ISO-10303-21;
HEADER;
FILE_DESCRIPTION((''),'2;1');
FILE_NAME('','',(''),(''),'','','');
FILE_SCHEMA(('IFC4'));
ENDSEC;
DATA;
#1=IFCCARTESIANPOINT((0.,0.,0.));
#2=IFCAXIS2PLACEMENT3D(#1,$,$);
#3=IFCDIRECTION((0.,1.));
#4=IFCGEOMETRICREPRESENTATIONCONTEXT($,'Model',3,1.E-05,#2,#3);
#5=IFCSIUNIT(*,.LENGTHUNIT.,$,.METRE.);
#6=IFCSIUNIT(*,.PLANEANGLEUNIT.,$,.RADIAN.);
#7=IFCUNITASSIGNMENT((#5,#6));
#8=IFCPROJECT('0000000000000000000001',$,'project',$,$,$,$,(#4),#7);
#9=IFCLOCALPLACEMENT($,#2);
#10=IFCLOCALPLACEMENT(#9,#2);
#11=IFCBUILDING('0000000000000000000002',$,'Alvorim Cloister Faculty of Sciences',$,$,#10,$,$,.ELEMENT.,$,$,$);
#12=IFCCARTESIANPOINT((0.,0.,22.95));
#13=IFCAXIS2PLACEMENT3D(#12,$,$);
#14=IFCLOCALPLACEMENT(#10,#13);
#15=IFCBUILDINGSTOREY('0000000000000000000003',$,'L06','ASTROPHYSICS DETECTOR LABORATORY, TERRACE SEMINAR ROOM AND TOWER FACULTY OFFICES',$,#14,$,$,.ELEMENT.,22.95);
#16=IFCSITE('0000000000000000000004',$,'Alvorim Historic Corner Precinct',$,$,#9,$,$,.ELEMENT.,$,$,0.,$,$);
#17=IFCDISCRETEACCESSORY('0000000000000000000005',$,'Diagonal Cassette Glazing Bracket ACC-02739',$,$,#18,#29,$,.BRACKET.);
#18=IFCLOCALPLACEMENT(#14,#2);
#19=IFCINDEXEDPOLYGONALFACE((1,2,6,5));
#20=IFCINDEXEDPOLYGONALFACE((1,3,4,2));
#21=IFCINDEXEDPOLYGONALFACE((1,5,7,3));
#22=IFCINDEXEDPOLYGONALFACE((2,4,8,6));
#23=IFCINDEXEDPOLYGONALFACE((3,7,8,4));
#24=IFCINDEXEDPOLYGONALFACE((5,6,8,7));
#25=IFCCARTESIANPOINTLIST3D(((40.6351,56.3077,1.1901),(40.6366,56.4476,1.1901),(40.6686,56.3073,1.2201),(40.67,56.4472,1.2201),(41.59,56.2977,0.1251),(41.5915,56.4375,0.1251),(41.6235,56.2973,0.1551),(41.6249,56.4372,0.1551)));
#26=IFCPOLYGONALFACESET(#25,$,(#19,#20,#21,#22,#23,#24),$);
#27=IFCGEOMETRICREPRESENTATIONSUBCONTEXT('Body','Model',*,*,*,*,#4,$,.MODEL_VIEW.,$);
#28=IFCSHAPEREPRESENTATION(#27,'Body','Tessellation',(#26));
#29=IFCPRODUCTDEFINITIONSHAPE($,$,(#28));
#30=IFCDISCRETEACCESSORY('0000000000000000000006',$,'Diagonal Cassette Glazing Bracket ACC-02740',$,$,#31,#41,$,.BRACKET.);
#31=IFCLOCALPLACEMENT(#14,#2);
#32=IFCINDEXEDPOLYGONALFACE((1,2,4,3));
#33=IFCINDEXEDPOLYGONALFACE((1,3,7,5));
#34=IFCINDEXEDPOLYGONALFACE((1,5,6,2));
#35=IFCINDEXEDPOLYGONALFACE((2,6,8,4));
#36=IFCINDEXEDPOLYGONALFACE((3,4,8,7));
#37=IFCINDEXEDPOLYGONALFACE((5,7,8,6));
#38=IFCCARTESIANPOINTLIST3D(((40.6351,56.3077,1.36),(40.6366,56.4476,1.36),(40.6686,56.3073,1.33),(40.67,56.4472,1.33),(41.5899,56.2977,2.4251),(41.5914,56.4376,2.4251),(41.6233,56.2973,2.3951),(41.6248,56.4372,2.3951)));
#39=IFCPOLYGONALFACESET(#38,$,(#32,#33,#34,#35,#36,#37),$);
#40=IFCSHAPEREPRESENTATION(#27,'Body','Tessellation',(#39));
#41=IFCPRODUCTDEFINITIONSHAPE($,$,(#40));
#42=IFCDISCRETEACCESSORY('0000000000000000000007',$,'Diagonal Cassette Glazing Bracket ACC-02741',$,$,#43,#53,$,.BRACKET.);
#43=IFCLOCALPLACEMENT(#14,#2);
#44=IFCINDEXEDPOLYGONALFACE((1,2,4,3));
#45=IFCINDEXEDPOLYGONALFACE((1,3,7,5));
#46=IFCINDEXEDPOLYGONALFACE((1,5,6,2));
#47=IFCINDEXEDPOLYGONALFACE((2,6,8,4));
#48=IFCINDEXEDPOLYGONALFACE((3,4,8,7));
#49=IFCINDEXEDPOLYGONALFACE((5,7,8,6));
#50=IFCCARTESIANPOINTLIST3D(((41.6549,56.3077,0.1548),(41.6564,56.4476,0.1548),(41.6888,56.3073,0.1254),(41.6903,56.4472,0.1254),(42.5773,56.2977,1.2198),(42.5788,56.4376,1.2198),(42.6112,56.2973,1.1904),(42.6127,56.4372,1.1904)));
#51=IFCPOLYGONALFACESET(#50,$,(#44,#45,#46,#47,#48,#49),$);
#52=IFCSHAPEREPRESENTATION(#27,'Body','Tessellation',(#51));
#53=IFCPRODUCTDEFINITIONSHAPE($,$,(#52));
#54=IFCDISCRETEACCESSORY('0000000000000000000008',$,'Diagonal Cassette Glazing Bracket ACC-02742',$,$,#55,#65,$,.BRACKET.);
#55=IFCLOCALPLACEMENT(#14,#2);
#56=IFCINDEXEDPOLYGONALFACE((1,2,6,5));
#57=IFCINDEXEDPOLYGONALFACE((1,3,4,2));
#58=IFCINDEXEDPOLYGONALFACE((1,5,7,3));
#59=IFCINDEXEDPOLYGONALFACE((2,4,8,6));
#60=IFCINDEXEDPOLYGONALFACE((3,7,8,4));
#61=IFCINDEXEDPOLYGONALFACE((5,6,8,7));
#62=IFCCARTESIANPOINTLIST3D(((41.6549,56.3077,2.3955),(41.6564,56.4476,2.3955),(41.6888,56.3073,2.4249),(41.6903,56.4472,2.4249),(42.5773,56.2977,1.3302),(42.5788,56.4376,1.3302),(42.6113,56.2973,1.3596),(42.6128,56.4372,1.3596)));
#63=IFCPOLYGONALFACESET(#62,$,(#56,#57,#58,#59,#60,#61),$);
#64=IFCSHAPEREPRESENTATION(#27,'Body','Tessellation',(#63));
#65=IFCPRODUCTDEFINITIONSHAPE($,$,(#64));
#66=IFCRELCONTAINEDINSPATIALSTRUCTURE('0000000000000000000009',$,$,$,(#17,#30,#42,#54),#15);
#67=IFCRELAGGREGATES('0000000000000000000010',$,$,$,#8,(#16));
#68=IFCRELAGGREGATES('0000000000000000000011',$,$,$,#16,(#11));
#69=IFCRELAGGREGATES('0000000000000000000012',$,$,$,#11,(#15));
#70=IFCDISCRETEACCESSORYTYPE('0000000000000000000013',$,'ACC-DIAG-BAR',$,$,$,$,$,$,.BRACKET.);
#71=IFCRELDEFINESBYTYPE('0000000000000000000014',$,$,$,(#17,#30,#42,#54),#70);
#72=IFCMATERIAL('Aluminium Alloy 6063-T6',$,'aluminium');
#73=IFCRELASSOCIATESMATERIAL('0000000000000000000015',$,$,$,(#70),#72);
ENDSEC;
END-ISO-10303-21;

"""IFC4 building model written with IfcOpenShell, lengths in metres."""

from ifc_helpers import new_model, si_unit, direction, frame, origin, origin_2d, place, context, subcontext, project, spatial, rectangle, extrude, material, type_object, element, save


model = new_model("IFC4")

# Units and contexts
model_context = context("Model", 3, precision=1e-05, world=origin(), true_north=direction((0.0, 1.0)))
body_context = subcontext(model_context, "Body", "Model", "MODEL_VIEW")
ifc_project = project(units=[si_unit("LENGTHUNIT", "METRE"), si_unit("PLANEANGLEUNIT", "RADIAN")], contexts=[model_context])

# Site, building, storey
site_placement = place(None, origin())
site = spatial("IfcSite", under=ifc_project, at=site_placement, Name="Alvorim Historic Corner Precinct", CompositionType="ELEMENT", RefElevation=0.0)
building_placement = place(site_placement, origin())
building = spatial("IfcBuilding", under=site, at=building_placement, Name="Alvorim Cloister Faculty of Sciences", CompositionType="ELEMENT")
storey_placement = place(building_placement, frame((0.0, 0.0, 22.95)))
storey = spatial("IfcBuildingStorey", under=building, at=storey_placement, Name="L06", Description="ASTROPHYSICS DETECTOR LABORATORY, TERRACE SEMINAR ROOM AND TOWER FACULTY OFFICES", CompositionType="ELEMENT", Elevation=22.95)

# Shared definitions
ifc_material_1 = material(Name="Aluminium Alloy 6063-T6", Category="aluminium")

# Discrete accessories
discrete_accessory_type = type_object("IfcDiscreteAccessoryType", Name="ACC-DIAG-BAR", PredefinedType="BRACKET", material=ifc_material_1)
for number, where, z_axis, x_axis, name in (
    (1, (40.6526, 56.3774, 1.2051), (0.667552, -0.006998, -0.744531), (0.010483, 0.999945, 0.0), "Diagonal Cassette Glazing Bracket ACC-02739"),
    (2, (40.6526, 56.3774, 1.345), (0.667467, -0.006997, 0.744607), (0.010483, 0.999945, 0.0), "Diagonal Cassette Glazing Bracket ACC-02740"),
):
    element("IfcDiscreteAccessory", number, at=place(storey_placement, frame(where, z_axis=z_axis, x_axis=x_axis)), inside=storey, type_object=discrete_accessory_type, Name=name, PredefinedType="BRACKET", context=body_context, shape_type="SweptSolid", body=[
        extrude(rectangle(XDim=0.1399, YDim=0.0449, at=origin_2d()), origin(), (0.0, 0.0, 1.0), 1.4304),
    ])
discrete_accessory_1_placement = place(storey_placement, frame((41.6726, 56.3774, 0.1401), z_axis=(0.654676, -0.007105, 0.755876), x_axis=(0.010852, 0.999941, 0.0)))
element("IfcDiscreteAccessory", 3, at=discrete_accessory_1_placement, inside=storey, type_object=discrete_accessory_type, Name="Diagonal Cassette Glazing Bracket ACC-02741", PredefinedType="BRACKET", context=body_context, shape_type="SweptSolid", body=[
    extrude(rectangle(XDim=0.1399, YDim=0.0449, at=origin_2d()), origin(), (0.0, 0.0, 1.0), 1.4089),
])
discrete_accessory_2_placement = place(storey_placement, frame((41.6726, 56.3774, 2.4102), z_axis=(0.654591, -0.007104, -0.75595), x_axis=(0.010852, 0.999941, 0.0)))
element("IfcDiscreteAccessory", 4, at=discrete_accessory_2_placement, inside=storey, type_object=discrete_accessory_type, Name="Diagonal Cassette Glazing Bracket ACC-02742", PredefinedType="BRACKET", context=body_context, shape_type="SweptSolid", body=[
    extrude(rectangle(XDim=0.1399, YDim=0.0449, at=origin_2d()), origin(), (0.0, 0.0, 1.0), 1.4092),
])

save(model, "model.ifc")
